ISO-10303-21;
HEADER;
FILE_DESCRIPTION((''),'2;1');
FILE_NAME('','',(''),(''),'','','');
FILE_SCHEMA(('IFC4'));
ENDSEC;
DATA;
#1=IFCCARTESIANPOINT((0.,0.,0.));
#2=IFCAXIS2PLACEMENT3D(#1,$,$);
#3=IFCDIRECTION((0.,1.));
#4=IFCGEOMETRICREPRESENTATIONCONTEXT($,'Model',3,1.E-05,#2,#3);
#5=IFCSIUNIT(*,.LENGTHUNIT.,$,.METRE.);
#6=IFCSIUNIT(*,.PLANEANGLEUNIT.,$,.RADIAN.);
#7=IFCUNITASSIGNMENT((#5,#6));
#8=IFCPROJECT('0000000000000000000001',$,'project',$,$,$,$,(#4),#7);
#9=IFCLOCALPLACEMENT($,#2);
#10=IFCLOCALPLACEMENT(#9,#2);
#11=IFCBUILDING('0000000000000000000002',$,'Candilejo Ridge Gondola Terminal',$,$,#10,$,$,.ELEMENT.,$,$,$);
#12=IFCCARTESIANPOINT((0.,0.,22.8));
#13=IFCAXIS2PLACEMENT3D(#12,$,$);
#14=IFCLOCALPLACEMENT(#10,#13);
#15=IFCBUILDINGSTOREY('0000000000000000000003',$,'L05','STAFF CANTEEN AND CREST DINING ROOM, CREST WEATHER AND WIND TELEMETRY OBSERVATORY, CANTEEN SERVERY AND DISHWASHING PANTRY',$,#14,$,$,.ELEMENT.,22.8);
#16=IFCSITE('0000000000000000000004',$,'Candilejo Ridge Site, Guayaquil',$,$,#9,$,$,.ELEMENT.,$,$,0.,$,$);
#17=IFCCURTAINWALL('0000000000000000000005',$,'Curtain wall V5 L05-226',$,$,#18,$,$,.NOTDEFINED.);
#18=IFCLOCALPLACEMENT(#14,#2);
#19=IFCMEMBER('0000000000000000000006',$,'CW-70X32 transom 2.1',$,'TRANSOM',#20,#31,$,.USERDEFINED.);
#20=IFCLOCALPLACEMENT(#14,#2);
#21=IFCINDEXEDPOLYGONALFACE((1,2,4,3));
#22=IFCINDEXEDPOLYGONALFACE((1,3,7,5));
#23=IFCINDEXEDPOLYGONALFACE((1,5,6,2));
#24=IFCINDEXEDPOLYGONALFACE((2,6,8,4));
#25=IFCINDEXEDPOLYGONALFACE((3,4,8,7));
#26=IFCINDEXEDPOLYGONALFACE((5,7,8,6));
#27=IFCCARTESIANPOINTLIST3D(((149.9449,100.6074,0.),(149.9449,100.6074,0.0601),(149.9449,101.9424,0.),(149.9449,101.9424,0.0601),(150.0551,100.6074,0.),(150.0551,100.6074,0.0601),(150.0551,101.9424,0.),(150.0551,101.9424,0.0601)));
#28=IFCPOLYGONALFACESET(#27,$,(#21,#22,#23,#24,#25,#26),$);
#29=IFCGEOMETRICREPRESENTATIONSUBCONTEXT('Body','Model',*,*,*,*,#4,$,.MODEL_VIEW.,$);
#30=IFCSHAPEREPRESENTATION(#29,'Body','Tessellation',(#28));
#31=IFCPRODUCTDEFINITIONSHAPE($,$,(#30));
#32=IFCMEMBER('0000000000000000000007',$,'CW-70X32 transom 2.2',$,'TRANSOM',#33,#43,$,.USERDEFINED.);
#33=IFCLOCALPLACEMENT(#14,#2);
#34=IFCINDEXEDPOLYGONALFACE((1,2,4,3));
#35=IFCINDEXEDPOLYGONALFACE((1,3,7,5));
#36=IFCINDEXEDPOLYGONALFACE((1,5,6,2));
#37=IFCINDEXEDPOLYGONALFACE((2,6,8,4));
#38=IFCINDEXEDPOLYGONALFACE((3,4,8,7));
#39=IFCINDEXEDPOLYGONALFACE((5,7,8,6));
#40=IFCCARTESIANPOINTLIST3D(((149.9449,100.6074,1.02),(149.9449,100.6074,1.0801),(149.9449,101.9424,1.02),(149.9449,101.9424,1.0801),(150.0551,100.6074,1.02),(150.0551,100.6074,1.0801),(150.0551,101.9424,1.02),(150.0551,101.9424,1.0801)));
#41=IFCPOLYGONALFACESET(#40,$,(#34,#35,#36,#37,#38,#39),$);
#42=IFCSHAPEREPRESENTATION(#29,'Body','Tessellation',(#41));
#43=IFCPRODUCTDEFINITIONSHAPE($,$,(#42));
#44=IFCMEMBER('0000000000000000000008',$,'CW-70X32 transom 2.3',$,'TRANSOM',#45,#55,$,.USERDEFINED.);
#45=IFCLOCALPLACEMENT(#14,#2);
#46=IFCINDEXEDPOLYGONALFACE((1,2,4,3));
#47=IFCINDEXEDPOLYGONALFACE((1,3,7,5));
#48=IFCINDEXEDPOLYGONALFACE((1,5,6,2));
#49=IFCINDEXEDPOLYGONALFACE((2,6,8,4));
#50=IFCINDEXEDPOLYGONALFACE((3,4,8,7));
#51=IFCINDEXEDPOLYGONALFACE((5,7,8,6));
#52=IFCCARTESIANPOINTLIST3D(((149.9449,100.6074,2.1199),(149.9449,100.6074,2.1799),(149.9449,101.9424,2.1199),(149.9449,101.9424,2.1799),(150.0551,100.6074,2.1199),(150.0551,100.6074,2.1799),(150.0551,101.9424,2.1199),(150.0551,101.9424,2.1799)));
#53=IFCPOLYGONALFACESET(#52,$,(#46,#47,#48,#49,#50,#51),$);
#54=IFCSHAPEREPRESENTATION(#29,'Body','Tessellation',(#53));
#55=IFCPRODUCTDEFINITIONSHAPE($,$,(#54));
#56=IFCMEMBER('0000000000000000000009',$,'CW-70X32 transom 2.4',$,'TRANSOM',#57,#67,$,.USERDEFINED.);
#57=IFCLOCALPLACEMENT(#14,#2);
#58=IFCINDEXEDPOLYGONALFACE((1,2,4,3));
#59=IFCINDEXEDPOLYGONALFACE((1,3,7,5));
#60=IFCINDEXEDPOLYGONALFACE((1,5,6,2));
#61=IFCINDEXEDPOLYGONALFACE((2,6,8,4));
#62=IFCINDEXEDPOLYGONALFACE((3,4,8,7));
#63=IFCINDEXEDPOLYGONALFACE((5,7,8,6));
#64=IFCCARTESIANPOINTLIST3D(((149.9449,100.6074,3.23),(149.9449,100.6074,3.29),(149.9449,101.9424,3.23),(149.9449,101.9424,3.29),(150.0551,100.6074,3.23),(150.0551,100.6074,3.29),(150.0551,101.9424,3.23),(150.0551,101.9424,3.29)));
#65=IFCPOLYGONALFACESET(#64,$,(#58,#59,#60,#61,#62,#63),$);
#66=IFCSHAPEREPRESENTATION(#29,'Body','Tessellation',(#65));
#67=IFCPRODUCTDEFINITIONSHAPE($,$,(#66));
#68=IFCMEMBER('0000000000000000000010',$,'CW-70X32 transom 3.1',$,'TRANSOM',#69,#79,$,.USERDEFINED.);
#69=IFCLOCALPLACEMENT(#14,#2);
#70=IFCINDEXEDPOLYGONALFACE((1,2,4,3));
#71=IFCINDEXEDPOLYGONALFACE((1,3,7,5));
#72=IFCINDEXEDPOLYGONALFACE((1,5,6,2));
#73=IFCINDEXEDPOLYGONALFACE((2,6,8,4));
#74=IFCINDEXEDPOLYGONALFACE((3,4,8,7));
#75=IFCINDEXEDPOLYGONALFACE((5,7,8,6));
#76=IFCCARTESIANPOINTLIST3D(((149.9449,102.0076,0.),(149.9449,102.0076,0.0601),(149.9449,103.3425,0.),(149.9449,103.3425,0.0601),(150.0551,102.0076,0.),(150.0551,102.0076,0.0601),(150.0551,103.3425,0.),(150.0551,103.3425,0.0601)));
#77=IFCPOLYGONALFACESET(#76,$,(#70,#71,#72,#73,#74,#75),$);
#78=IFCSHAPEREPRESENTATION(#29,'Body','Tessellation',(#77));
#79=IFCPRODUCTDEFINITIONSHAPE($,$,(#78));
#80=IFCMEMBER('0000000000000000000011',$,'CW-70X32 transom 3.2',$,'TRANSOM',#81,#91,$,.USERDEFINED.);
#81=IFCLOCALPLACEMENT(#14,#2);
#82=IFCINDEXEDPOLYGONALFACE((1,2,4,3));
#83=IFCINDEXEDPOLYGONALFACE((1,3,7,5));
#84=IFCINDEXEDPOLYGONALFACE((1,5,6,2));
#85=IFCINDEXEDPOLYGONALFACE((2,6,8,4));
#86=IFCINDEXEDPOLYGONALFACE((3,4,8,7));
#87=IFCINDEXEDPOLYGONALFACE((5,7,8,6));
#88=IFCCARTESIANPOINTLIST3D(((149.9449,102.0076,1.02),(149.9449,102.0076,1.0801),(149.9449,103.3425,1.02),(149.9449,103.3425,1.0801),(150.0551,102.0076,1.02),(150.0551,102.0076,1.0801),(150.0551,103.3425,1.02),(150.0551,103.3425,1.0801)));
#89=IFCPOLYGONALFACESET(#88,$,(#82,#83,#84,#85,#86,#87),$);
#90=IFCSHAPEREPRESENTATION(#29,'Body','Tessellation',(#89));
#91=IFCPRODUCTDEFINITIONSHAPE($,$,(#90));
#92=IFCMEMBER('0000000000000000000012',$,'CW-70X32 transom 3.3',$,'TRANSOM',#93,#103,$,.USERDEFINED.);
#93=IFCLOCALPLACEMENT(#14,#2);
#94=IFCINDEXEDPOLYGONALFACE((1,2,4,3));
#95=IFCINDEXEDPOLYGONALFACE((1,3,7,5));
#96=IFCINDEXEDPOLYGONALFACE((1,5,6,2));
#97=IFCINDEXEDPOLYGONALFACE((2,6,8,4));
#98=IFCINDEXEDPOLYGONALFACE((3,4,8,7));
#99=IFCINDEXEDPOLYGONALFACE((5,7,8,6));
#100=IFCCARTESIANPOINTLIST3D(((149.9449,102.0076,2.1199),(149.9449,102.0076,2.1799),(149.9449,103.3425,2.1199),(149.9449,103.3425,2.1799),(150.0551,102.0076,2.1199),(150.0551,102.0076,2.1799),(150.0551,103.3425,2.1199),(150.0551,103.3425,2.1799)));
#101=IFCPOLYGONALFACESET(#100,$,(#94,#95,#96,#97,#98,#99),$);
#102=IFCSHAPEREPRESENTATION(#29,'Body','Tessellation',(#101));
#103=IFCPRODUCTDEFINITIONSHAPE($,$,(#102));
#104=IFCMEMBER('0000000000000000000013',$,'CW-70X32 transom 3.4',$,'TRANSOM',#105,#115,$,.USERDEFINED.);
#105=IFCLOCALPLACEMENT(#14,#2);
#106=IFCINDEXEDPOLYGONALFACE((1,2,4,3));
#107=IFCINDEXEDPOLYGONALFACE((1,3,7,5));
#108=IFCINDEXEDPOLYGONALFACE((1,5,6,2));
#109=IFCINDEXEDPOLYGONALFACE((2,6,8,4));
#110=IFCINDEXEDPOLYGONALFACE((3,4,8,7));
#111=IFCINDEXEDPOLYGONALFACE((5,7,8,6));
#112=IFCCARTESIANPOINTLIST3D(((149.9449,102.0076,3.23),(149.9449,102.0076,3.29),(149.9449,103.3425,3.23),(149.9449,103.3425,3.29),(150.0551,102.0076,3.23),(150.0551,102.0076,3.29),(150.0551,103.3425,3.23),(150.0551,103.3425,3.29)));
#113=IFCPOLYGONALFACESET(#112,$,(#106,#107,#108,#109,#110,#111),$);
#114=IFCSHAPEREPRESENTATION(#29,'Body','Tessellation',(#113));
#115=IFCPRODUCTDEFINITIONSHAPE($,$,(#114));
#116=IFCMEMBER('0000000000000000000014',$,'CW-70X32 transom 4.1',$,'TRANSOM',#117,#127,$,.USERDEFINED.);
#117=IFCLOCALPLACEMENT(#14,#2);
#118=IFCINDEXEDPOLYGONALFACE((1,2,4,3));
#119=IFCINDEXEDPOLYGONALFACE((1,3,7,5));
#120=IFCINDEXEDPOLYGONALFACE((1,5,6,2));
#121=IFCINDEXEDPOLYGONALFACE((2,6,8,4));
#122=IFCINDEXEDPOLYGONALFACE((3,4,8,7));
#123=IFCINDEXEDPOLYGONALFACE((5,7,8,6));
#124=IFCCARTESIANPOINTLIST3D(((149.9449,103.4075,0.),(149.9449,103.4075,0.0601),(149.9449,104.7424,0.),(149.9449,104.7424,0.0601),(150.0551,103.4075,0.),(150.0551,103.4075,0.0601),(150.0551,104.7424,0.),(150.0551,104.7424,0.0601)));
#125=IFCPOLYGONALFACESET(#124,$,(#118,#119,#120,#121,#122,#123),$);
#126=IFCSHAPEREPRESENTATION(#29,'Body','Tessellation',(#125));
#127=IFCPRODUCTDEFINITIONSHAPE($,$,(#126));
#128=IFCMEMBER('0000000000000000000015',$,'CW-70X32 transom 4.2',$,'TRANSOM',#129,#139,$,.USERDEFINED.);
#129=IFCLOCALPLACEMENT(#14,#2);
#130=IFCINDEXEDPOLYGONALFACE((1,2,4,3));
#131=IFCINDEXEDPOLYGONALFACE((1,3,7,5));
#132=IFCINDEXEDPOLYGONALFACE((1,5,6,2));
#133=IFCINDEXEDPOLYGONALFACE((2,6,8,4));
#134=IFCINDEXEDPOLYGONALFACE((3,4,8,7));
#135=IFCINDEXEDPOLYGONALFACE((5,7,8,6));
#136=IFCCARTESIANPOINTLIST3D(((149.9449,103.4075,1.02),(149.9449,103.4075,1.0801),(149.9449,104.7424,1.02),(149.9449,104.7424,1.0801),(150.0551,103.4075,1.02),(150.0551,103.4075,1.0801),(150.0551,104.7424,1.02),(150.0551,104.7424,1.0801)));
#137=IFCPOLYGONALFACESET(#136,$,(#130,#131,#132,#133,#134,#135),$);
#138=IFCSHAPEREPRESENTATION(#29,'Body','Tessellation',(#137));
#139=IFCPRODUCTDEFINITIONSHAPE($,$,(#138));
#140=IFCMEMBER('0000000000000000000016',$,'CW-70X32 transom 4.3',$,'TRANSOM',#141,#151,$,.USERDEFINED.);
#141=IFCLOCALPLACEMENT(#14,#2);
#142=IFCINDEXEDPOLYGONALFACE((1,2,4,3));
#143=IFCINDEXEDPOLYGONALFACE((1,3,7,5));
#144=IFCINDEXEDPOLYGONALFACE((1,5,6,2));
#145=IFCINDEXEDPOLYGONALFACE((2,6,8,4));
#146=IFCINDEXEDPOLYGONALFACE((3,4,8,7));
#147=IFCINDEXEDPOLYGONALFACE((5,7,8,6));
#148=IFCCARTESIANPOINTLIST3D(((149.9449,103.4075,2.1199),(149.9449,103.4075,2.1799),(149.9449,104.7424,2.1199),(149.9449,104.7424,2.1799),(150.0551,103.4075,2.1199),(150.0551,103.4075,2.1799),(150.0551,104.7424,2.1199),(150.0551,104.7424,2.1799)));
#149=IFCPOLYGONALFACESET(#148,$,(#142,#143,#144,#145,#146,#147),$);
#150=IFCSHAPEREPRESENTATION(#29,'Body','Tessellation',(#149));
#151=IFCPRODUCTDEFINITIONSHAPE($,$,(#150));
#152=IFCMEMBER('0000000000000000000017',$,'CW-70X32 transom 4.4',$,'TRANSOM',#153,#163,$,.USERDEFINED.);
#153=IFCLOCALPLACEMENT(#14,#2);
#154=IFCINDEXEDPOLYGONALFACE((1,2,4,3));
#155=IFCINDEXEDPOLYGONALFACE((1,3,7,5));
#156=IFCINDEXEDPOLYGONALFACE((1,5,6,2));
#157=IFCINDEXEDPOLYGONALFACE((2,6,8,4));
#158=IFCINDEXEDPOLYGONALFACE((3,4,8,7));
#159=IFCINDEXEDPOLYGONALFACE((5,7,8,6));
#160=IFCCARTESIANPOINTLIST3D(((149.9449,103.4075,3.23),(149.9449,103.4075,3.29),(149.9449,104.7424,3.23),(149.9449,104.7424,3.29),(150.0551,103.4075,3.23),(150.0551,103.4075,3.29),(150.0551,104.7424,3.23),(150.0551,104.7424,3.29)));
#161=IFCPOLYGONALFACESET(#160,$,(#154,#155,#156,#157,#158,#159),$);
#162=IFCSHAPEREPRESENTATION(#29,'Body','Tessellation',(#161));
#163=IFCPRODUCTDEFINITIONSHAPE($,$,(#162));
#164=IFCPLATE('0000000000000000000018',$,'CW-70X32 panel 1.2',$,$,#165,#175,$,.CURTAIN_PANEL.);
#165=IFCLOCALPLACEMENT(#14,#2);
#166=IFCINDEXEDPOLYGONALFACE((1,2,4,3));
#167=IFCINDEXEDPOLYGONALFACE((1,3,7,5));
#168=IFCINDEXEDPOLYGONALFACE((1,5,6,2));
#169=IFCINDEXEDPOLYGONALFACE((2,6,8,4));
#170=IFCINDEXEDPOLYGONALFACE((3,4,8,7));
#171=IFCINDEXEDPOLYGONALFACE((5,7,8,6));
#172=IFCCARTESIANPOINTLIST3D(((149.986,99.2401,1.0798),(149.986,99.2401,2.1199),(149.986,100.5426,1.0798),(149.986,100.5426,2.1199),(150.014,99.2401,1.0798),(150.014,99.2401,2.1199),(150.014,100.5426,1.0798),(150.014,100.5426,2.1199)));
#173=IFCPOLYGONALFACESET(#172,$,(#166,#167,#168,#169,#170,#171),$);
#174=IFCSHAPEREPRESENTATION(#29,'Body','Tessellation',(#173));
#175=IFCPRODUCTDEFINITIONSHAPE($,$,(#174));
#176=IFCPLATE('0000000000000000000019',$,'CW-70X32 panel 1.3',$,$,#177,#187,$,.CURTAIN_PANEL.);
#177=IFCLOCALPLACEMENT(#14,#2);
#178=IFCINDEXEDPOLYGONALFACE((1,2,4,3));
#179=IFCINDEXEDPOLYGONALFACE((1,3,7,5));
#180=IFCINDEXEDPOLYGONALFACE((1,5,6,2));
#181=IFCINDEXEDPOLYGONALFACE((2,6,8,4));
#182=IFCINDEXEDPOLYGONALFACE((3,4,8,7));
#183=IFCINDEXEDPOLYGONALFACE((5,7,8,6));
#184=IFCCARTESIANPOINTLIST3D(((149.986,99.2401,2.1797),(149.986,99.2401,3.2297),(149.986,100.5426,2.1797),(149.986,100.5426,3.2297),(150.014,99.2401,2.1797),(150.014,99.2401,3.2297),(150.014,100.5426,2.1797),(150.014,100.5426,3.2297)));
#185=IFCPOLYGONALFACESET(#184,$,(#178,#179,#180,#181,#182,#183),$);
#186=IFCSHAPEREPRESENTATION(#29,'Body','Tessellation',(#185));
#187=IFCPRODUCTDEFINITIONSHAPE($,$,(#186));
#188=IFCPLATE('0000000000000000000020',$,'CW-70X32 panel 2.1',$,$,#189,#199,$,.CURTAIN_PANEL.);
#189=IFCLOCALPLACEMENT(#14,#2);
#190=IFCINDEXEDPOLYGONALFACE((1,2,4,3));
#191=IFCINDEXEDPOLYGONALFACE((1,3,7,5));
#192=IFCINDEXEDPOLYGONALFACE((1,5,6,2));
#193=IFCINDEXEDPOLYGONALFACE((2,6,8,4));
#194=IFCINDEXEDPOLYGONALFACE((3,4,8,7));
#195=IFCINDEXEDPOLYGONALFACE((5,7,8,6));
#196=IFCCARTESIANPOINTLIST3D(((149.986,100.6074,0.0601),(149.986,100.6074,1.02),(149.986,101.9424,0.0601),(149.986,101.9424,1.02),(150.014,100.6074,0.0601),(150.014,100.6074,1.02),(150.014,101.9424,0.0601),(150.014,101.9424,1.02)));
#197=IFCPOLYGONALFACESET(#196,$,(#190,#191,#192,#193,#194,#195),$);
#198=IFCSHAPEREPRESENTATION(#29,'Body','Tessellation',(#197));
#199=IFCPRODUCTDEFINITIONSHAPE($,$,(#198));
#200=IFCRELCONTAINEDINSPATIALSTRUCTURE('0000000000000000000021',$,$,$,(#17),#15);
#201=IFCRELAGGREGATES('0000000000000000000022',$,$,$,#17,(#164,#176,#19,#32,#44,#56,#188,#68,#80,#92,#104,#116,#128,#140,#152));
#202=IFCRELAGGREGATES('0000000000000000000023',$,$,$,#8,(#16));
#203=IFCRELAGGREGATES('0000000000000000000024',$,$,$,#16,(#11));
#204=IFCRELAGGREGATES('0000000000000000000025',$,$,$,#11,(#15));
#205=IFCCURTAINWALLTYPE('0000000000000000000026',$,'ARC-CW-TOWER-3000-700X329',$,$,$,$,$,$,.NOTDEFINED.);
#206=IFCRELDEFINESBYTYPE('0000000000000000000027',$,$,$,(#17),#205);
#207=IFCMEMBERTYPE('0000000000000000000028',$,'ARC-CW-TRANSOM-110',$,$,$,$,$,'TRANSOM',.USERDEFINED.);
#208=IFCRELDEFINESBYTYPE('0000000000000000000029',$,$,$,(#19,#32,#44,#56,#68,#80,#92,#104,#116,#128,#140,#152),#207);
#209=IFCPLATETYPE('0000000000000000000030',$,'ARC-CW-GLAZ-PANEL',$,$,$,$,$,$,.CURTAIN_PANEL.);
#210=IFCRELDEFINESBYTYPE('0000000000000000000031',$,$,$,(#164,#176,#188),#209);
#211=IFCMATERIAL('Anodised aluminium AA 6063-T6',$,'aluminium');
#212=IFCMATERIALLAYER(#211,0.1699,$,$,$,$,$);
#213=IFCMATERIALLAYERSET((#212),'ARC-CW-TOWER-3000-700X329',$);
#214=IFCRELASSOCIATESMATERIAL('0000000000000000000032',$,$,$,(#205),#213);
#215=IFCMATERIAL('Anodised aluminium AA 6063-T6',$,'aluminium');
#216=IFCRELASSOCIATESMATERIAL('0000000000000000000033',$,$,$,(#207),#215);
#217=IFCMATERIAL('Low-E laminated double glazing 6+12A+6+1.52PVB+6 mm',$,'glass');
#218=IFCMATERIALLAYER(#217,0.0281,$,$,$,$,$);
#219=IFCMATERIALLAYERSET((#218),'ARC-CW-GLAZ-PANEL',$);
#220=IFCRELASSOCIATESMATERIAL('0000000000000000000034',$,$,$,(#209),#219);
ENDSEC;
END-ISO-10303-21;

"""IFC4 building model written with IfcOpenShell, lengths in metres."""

from ifc_helpers import new_model, si_unit, direction, frame, origin, origin_2d, place, context, subcontext, project, spatial, rectangle, extrude, material, layer, layer_set, material_profile, profile_set, type_object, element, aggregate, save


model = new_model("IFC4")

# Units and contexts
model_context = context("Model", 3, precision=1e-05, world=origin(), true_north=direction((0.0, 1.0)))
body_context = subcontext(model_context, "Body", "Model", "MODEL_VIEW")
ifc_project = project(units=[si_unit("LENGTHUNIT", "METRE"), si_unit("PLANEANGLEUNIT", "RADIAN")], contexts=[model_context])

# Site, building, storey
site_placement = place(None, origin())
site = spatial("IfcSite", under=ifc_project, at=site_placement, Name="Candilejo Ridge Site, Guayaquil", CompositionType="ELEMENT", RefElevation=0.0)
building_placement = place(site_placement, origin())
building = spatial("IfcBuilding", under=site, at=building_placement, Name="Candilejo Ridge Gondola Terminal", CompositionType="ELEMENT")
storey_placement = place(building_placement, frame((0.0, 0.0, 22.8)))
storey = spatial("IfcBuildingStorey", under=building, at=storey_placement, Name="L05", Description="STAFF CANTEEN AND CREST DINING ROOM, CREST WEATHER AND WIND TELEMETRY OBSERVATORY, CANTEEN SERVERY AND DISHWASHING PANTRY", CompositionType="ELEMENT", Elevation=22.8)

# Curtain wall, members, plates
ifc_material_1 = material(Name="Anodised aluminium AA 6063-T6", Category="aluminium")
ifc_layer_1 = layer(ifc_material_1, 0.1699)
ifc_layer_set_1 = layer_set([ifc_layer_1], Name="ARC-CW-TOWER-3000-700X329")
curtain_wall_type = type_object("IfcCurtainWallType", Name="ARC-CW-TOWER-3000-700X329", PredefinedType="NOTDEFINED", material=ifc_layer_set_1)
curtain_wall_placement = place(storey_placement, origin())
curtain_wall = element("IfcCurtainWall", 1, at=curtain_wall_placement, inside=storey, type_object=curtain_wall_type, Name="Curtain wall V5 L05-226", PredefinedType="NOTDEFINED")
ifc_material_2 = material(Name="Anodised aluminium AA 6063-T6", Category="aluminium")
ifc_material_profile = material_profile(ifc_material_2, rectangle(XDim=0.1101, YDim=0.0601, at=origin_2d()))
ifc_profile_set = profile_set([ifc_material_profile], Name="Anodised aluminium AA 6063-T6")
member_type = type_object("IfcMemberType", Name="ARC-CW-TRANSOM-110", ElementType="TRANSOM", PredefinedType="USERDEFINED", material=ifc_profile_set)
member_1_placement = place(storey_placement, frame((150.0, 100.6074, 0.03), z_axis=(0.0, 1.0, 0.0), x_axis=(-1.0, 0.0, 0.0)))
member_1 = element("IfcMember", 2, at=member_1_placement, type_object=member_type, Name="CW-70X32 transom 2.1", ObjectType="TRANSOM", PredefinedType="USERDEFINED", context=body_context, shape_type="SweptSolid", body=[
    extrude(rectangle(XDim=0.1101, YDim=0.0601, at=origin_2d()), origin(), (0.0, 0.0, 1.0), 1.335),
])
member_2_placement = place(storey_placement, frame((150.0, 100.6074, 1.05), z_axis=(0.0, 1.0, 0.0), x_axis=(-1.0, 0.0, 0.0)))
member_2 = element("IfcMember", 3, at=member_2_placement, type_object=member_type, Name="CW-70X32 transom 2.2", ObjectType="TRANSOM", PredefinedType="USERDEFINED", context=body_context, shape_type="SweptSolid", body=[
    extrude(rectangle(XDim=0.1101, YDim=0.0601, at=origin_2d()), origin(), (0.0, 0.0, 1.0), 1.335),
])
member_3_placement = place(storey_placement, frame((150.0, 100.6074, 2.1499), z_axis=(0.0, 1.0, 0.0), x_axis=(-1.0, 0.0, 0.0)))
member_3 = element("IfcMember", 4, at=member_3_placement, type_object=member_type, Name="CW-70X32 transom 2.3", ObjectType="TRANSOM", PredefinedType="USERDEFINED", context=body_context, shape_type="SweptSolid", body=[
    extrude(rectangle(XDim=0.1101, YDim=0.0601, at=origin_2d()), origin(), (0.0, 0.0, 1.0), 1.335),
])
member_4_placement = place(storey_placement, frame((150.0, 100.6074, 3.26), z_axis=(0.0, 1.0, 0.0), x_axis=(-1.0, 0.0, 0.0)))
member_4 = element("IfcMember", 5, at=member_4_placement, type_object=member_type, Name="CW-70X32 transom 2.4", ObjectType="TRANSOM", PredefinedType="USERDEFINED", context=body_context, shape_type="SweptSolid", body=[
    extrude(rectangle(XDim=0.1101, YDim=0.0601, at=origin_2d()), origin(), (0.0, 0.0, 1.0), 1.335),
])
member_5_placement = place(storey_placement, frame((150.0, 102.0076, 0.03), z_axis=(0.0, 1.0, 0.0), x_axis=(-1.0, 0.0, 0.0)))
member_5 = element("IfcMember", 6, at=member_5_placement, type_object=member_type, Name="CW-70X32 transom 3.1", ObjectType="TRANSOM", PredefinedType="USERDEFINED", context=body_context, shape_type="SweptSolid", body=[
    extrude(rectangle(XDim=0.1101, YDim=0.0601, at=origin_2d()), origin(), (0.0, 0.0, 1.0), 1.335),
])
member_6_placement = place(storey_placement, frame((150.0, 102.0076, 1.05), z_axis=(0.0, 1.0, 0.0), x_axis=(-1.0, 0.0, 0.0)))
member_6 = element("IfcMember", 7, at=member_6_placement, type_object=member_type, Name="CW-70X32 transom 3.2", ObjectType="TRANSOM", PredefinedType="USERDEFINED", context=body_context, shape_type="SweptSolid", body=[
    extrude(rectangle(XDim=0.1101, YDim=0.0601, at=origin_2d()), origin(), (0.0, 0.0, 1.0), 1.335),
])
member_7_placement = place(storey_placement, frame((150.0, 102.0076, 2.1499), z_axis=(0.0, 1.0, 0.0), x_axis=(-1.0, 0.0, 0.0)))
member_7 = element("IfcMember", 8, at=member_7_placement, type_object=member_type, Name="CW-70X32 transom 3.3", ObjectType="TRANSOM", PredefinedType="USERDEFINED", context=body_context, shape_type="SweptSolid", body=[
    extrude(rectangle(XDim=0.1101, YDim=0.0601, at=origin_2d()), origin(), (0.0, 0.0, 1.0), 1.335),
])
member_8_placement = place(storey_placement, frame((150.0, 102.0076, 3.26), z_axis=(0.0, 1.0, 0.0), x_axis=(-1.0, 0.0, 0.0)))
member_8 = element("IfcMember", 9, at=member_8_placement, type_object=member_type, Name="CW-70X32 transom 3.4", ObjectType="TRANSOM", PredefinedType="USERDEFINED", context=body_context, shape_type="SweptSolid", body=[
    extrude(rectangle(XDim=0.1101, YDim=0.0601, at=origin_2d()), origin(), (0.0, 0.0, 1.0), 1.335),
])
member_9_placement = place(storey_placement, frame((150.0, 103.4075, 0.03), z_axis=(0.0, 1.0, 0.0), x_axis=(-1.0, 0.0, 0.0)))
member_9 = element("IfcMember", 10, at=member_9_placement, type_object=member_type, Name="CW-70X32 transom 4.1", ObjectType="TRANSOM", PredefinedType="USERDEFINED", context=body_context, shape_type="SweptSolid", body=[
    extrude(rectangle(XDim=0.1101, YDim=0.0601, at=origin_2d()), origin(), (0.0, 0.0, 1.0), 1.335),
])
member_10_placement = place(storey_placement, frame((150.0, 103.4075, 1.05), z_axis=(0.0, 1.0, 0.0), x_axis=(-1.0, 0.0, 0.0)))
member_10 = element("IfcMember", 11, at=member_10_placement, type_object=member_type, Name="CW-70X32 transom 4.2", ObjectType="TRANSOM", PredefinedType="USERDEFINED", context=body_context, shape_type="SweptSolid", body=[
    extrude(rectangle(XDim=0.1101, YDim=0.0601, at=origin_2d()), origin(), (0.0, 0.0, 1.0), 1.335),
])
member_11_placement = place(storey_placement, frame((150.0, 103.4075, 2.1499), z_axis=(0.0, 1.0, 0.0), x_axis=(-1.0, 0.0, 0.0)))
member_11 = element("IfcMember", 12, at=member_11_placement, type_object=member_type, Name="CW-70X32 transom 4.3", ObjectType="TRANSOM", PredefinedType="USERDEFINED", context=body_context, shape_type="SweptSolid", body=[
    extrude(rectangle(XDim=0.1101, YDim=0.0601, at=origin_2d()), origin(), (0.0, 0.0, 1.0), 1.335),
])
member_12_placement = place(storey_placement, frame((150.0, 103.4075, 3.26), z_axis=(0.0, 1.0, 0.0), x_axis=(-1.0, 0.0, 0.0)))
member_12 = element("IfcMember", 13, at=member_12_placement, type_object=member_type, Name="CW-70X32 transom 4.4", ObjectType="TRANSOM", PredefinedType="USERDEFINED", context=body_context, shape_type="SweptSolid", body=[
    extrude(rectangle(XDim=0.1101, YDim=0.0601, at=origin_2d()), origin(), (0.0, 0.0, 1.0), 1.335),
])
ifc_material_3 = material(Name="Low-E laminated double glazing 6+12A+6+1.52PVB+6 mm", Category="glass")
ifc_layer_2 = layer(ifc_material_3, 0.0281)
ifc_layer_set_2 = layer_set([ifc_layer_2], Name="ARC-CW-GLAZ-PANEL")
plate_type = type_object("IfcPlateType", Name="ARC-CW-GLAZ-PANEL", PredefinedType="CURTAIN_PANEL", material=ifc_layer_set_2)
plate_1_placement = place(storey_placement, frame((150.0, 99.8914, 1.0798), z_axis=(0.0, 0.0, 1.0), x_axis=(0.0, 1.0, 0.0)))
plate_1 = element("IfcPlate", 14, at=plate_1_placement, type_object=plate_type, Name="CW-70X32 panel 1.2", PredefinedType="CURTAIN_PANEL", context=body_context, shape_type="SweptSolid", body=[
    extrude(rectangle(XDim=1.3025, YDim=0.0281, at=origin_2d()), origin(), (0.0, 0.0, 1.0), 1.04),
])
plate_2_placement = place(storey_placement, frame((150.0, 99.8914, 2.1797), z_axis=(0.0, 0.0, 1.0), x_axis=(0.0, 1.0, 0.0)))
plate_2 = element("IfcPlate", 15, at=plate_2_placement, type_object=plate_type, Name="CW-70X32 panel 1.3", PredefinedType="CURTAIN_PANEL", context=body_context, shape_type="SweptSolid", body=[
    extrude(rectangle(XDim=1.3025, YDim=0.0281, at=origin_2d()), origin(), (0.0, 0.0, 1.0), 1.05),
])
plate_3_placement = place(storey_placement, frame((150.0, 101.2749, 0.0601), z_axis=(0.0, 0.0, 1.0), x_axis=(0.0, 1.0, 0.0)))
plate_3 = element("IfcPlate", 16, at=plate_3_placement, type_object=plate_type, Name="CW-70X32 panel 2.1", PredefinedType="CURTAIN_PANEL", context=body_context, shape_type="SweptSolid", body=[
    extrude(rectangle(XDim=1.335, YDim=0.0281, at=origin_2d()), origin(), (0.0, 0.0, 1.0), 0.96),
])
aggregate(curtain_wall, [plate_1, plate_2, member_1, member_2, member_3, member_4, plate_3, member_5, member_6, member_7, member_8, member_9, member_10, member_11, member_12])

save(model, "model.ifc")
